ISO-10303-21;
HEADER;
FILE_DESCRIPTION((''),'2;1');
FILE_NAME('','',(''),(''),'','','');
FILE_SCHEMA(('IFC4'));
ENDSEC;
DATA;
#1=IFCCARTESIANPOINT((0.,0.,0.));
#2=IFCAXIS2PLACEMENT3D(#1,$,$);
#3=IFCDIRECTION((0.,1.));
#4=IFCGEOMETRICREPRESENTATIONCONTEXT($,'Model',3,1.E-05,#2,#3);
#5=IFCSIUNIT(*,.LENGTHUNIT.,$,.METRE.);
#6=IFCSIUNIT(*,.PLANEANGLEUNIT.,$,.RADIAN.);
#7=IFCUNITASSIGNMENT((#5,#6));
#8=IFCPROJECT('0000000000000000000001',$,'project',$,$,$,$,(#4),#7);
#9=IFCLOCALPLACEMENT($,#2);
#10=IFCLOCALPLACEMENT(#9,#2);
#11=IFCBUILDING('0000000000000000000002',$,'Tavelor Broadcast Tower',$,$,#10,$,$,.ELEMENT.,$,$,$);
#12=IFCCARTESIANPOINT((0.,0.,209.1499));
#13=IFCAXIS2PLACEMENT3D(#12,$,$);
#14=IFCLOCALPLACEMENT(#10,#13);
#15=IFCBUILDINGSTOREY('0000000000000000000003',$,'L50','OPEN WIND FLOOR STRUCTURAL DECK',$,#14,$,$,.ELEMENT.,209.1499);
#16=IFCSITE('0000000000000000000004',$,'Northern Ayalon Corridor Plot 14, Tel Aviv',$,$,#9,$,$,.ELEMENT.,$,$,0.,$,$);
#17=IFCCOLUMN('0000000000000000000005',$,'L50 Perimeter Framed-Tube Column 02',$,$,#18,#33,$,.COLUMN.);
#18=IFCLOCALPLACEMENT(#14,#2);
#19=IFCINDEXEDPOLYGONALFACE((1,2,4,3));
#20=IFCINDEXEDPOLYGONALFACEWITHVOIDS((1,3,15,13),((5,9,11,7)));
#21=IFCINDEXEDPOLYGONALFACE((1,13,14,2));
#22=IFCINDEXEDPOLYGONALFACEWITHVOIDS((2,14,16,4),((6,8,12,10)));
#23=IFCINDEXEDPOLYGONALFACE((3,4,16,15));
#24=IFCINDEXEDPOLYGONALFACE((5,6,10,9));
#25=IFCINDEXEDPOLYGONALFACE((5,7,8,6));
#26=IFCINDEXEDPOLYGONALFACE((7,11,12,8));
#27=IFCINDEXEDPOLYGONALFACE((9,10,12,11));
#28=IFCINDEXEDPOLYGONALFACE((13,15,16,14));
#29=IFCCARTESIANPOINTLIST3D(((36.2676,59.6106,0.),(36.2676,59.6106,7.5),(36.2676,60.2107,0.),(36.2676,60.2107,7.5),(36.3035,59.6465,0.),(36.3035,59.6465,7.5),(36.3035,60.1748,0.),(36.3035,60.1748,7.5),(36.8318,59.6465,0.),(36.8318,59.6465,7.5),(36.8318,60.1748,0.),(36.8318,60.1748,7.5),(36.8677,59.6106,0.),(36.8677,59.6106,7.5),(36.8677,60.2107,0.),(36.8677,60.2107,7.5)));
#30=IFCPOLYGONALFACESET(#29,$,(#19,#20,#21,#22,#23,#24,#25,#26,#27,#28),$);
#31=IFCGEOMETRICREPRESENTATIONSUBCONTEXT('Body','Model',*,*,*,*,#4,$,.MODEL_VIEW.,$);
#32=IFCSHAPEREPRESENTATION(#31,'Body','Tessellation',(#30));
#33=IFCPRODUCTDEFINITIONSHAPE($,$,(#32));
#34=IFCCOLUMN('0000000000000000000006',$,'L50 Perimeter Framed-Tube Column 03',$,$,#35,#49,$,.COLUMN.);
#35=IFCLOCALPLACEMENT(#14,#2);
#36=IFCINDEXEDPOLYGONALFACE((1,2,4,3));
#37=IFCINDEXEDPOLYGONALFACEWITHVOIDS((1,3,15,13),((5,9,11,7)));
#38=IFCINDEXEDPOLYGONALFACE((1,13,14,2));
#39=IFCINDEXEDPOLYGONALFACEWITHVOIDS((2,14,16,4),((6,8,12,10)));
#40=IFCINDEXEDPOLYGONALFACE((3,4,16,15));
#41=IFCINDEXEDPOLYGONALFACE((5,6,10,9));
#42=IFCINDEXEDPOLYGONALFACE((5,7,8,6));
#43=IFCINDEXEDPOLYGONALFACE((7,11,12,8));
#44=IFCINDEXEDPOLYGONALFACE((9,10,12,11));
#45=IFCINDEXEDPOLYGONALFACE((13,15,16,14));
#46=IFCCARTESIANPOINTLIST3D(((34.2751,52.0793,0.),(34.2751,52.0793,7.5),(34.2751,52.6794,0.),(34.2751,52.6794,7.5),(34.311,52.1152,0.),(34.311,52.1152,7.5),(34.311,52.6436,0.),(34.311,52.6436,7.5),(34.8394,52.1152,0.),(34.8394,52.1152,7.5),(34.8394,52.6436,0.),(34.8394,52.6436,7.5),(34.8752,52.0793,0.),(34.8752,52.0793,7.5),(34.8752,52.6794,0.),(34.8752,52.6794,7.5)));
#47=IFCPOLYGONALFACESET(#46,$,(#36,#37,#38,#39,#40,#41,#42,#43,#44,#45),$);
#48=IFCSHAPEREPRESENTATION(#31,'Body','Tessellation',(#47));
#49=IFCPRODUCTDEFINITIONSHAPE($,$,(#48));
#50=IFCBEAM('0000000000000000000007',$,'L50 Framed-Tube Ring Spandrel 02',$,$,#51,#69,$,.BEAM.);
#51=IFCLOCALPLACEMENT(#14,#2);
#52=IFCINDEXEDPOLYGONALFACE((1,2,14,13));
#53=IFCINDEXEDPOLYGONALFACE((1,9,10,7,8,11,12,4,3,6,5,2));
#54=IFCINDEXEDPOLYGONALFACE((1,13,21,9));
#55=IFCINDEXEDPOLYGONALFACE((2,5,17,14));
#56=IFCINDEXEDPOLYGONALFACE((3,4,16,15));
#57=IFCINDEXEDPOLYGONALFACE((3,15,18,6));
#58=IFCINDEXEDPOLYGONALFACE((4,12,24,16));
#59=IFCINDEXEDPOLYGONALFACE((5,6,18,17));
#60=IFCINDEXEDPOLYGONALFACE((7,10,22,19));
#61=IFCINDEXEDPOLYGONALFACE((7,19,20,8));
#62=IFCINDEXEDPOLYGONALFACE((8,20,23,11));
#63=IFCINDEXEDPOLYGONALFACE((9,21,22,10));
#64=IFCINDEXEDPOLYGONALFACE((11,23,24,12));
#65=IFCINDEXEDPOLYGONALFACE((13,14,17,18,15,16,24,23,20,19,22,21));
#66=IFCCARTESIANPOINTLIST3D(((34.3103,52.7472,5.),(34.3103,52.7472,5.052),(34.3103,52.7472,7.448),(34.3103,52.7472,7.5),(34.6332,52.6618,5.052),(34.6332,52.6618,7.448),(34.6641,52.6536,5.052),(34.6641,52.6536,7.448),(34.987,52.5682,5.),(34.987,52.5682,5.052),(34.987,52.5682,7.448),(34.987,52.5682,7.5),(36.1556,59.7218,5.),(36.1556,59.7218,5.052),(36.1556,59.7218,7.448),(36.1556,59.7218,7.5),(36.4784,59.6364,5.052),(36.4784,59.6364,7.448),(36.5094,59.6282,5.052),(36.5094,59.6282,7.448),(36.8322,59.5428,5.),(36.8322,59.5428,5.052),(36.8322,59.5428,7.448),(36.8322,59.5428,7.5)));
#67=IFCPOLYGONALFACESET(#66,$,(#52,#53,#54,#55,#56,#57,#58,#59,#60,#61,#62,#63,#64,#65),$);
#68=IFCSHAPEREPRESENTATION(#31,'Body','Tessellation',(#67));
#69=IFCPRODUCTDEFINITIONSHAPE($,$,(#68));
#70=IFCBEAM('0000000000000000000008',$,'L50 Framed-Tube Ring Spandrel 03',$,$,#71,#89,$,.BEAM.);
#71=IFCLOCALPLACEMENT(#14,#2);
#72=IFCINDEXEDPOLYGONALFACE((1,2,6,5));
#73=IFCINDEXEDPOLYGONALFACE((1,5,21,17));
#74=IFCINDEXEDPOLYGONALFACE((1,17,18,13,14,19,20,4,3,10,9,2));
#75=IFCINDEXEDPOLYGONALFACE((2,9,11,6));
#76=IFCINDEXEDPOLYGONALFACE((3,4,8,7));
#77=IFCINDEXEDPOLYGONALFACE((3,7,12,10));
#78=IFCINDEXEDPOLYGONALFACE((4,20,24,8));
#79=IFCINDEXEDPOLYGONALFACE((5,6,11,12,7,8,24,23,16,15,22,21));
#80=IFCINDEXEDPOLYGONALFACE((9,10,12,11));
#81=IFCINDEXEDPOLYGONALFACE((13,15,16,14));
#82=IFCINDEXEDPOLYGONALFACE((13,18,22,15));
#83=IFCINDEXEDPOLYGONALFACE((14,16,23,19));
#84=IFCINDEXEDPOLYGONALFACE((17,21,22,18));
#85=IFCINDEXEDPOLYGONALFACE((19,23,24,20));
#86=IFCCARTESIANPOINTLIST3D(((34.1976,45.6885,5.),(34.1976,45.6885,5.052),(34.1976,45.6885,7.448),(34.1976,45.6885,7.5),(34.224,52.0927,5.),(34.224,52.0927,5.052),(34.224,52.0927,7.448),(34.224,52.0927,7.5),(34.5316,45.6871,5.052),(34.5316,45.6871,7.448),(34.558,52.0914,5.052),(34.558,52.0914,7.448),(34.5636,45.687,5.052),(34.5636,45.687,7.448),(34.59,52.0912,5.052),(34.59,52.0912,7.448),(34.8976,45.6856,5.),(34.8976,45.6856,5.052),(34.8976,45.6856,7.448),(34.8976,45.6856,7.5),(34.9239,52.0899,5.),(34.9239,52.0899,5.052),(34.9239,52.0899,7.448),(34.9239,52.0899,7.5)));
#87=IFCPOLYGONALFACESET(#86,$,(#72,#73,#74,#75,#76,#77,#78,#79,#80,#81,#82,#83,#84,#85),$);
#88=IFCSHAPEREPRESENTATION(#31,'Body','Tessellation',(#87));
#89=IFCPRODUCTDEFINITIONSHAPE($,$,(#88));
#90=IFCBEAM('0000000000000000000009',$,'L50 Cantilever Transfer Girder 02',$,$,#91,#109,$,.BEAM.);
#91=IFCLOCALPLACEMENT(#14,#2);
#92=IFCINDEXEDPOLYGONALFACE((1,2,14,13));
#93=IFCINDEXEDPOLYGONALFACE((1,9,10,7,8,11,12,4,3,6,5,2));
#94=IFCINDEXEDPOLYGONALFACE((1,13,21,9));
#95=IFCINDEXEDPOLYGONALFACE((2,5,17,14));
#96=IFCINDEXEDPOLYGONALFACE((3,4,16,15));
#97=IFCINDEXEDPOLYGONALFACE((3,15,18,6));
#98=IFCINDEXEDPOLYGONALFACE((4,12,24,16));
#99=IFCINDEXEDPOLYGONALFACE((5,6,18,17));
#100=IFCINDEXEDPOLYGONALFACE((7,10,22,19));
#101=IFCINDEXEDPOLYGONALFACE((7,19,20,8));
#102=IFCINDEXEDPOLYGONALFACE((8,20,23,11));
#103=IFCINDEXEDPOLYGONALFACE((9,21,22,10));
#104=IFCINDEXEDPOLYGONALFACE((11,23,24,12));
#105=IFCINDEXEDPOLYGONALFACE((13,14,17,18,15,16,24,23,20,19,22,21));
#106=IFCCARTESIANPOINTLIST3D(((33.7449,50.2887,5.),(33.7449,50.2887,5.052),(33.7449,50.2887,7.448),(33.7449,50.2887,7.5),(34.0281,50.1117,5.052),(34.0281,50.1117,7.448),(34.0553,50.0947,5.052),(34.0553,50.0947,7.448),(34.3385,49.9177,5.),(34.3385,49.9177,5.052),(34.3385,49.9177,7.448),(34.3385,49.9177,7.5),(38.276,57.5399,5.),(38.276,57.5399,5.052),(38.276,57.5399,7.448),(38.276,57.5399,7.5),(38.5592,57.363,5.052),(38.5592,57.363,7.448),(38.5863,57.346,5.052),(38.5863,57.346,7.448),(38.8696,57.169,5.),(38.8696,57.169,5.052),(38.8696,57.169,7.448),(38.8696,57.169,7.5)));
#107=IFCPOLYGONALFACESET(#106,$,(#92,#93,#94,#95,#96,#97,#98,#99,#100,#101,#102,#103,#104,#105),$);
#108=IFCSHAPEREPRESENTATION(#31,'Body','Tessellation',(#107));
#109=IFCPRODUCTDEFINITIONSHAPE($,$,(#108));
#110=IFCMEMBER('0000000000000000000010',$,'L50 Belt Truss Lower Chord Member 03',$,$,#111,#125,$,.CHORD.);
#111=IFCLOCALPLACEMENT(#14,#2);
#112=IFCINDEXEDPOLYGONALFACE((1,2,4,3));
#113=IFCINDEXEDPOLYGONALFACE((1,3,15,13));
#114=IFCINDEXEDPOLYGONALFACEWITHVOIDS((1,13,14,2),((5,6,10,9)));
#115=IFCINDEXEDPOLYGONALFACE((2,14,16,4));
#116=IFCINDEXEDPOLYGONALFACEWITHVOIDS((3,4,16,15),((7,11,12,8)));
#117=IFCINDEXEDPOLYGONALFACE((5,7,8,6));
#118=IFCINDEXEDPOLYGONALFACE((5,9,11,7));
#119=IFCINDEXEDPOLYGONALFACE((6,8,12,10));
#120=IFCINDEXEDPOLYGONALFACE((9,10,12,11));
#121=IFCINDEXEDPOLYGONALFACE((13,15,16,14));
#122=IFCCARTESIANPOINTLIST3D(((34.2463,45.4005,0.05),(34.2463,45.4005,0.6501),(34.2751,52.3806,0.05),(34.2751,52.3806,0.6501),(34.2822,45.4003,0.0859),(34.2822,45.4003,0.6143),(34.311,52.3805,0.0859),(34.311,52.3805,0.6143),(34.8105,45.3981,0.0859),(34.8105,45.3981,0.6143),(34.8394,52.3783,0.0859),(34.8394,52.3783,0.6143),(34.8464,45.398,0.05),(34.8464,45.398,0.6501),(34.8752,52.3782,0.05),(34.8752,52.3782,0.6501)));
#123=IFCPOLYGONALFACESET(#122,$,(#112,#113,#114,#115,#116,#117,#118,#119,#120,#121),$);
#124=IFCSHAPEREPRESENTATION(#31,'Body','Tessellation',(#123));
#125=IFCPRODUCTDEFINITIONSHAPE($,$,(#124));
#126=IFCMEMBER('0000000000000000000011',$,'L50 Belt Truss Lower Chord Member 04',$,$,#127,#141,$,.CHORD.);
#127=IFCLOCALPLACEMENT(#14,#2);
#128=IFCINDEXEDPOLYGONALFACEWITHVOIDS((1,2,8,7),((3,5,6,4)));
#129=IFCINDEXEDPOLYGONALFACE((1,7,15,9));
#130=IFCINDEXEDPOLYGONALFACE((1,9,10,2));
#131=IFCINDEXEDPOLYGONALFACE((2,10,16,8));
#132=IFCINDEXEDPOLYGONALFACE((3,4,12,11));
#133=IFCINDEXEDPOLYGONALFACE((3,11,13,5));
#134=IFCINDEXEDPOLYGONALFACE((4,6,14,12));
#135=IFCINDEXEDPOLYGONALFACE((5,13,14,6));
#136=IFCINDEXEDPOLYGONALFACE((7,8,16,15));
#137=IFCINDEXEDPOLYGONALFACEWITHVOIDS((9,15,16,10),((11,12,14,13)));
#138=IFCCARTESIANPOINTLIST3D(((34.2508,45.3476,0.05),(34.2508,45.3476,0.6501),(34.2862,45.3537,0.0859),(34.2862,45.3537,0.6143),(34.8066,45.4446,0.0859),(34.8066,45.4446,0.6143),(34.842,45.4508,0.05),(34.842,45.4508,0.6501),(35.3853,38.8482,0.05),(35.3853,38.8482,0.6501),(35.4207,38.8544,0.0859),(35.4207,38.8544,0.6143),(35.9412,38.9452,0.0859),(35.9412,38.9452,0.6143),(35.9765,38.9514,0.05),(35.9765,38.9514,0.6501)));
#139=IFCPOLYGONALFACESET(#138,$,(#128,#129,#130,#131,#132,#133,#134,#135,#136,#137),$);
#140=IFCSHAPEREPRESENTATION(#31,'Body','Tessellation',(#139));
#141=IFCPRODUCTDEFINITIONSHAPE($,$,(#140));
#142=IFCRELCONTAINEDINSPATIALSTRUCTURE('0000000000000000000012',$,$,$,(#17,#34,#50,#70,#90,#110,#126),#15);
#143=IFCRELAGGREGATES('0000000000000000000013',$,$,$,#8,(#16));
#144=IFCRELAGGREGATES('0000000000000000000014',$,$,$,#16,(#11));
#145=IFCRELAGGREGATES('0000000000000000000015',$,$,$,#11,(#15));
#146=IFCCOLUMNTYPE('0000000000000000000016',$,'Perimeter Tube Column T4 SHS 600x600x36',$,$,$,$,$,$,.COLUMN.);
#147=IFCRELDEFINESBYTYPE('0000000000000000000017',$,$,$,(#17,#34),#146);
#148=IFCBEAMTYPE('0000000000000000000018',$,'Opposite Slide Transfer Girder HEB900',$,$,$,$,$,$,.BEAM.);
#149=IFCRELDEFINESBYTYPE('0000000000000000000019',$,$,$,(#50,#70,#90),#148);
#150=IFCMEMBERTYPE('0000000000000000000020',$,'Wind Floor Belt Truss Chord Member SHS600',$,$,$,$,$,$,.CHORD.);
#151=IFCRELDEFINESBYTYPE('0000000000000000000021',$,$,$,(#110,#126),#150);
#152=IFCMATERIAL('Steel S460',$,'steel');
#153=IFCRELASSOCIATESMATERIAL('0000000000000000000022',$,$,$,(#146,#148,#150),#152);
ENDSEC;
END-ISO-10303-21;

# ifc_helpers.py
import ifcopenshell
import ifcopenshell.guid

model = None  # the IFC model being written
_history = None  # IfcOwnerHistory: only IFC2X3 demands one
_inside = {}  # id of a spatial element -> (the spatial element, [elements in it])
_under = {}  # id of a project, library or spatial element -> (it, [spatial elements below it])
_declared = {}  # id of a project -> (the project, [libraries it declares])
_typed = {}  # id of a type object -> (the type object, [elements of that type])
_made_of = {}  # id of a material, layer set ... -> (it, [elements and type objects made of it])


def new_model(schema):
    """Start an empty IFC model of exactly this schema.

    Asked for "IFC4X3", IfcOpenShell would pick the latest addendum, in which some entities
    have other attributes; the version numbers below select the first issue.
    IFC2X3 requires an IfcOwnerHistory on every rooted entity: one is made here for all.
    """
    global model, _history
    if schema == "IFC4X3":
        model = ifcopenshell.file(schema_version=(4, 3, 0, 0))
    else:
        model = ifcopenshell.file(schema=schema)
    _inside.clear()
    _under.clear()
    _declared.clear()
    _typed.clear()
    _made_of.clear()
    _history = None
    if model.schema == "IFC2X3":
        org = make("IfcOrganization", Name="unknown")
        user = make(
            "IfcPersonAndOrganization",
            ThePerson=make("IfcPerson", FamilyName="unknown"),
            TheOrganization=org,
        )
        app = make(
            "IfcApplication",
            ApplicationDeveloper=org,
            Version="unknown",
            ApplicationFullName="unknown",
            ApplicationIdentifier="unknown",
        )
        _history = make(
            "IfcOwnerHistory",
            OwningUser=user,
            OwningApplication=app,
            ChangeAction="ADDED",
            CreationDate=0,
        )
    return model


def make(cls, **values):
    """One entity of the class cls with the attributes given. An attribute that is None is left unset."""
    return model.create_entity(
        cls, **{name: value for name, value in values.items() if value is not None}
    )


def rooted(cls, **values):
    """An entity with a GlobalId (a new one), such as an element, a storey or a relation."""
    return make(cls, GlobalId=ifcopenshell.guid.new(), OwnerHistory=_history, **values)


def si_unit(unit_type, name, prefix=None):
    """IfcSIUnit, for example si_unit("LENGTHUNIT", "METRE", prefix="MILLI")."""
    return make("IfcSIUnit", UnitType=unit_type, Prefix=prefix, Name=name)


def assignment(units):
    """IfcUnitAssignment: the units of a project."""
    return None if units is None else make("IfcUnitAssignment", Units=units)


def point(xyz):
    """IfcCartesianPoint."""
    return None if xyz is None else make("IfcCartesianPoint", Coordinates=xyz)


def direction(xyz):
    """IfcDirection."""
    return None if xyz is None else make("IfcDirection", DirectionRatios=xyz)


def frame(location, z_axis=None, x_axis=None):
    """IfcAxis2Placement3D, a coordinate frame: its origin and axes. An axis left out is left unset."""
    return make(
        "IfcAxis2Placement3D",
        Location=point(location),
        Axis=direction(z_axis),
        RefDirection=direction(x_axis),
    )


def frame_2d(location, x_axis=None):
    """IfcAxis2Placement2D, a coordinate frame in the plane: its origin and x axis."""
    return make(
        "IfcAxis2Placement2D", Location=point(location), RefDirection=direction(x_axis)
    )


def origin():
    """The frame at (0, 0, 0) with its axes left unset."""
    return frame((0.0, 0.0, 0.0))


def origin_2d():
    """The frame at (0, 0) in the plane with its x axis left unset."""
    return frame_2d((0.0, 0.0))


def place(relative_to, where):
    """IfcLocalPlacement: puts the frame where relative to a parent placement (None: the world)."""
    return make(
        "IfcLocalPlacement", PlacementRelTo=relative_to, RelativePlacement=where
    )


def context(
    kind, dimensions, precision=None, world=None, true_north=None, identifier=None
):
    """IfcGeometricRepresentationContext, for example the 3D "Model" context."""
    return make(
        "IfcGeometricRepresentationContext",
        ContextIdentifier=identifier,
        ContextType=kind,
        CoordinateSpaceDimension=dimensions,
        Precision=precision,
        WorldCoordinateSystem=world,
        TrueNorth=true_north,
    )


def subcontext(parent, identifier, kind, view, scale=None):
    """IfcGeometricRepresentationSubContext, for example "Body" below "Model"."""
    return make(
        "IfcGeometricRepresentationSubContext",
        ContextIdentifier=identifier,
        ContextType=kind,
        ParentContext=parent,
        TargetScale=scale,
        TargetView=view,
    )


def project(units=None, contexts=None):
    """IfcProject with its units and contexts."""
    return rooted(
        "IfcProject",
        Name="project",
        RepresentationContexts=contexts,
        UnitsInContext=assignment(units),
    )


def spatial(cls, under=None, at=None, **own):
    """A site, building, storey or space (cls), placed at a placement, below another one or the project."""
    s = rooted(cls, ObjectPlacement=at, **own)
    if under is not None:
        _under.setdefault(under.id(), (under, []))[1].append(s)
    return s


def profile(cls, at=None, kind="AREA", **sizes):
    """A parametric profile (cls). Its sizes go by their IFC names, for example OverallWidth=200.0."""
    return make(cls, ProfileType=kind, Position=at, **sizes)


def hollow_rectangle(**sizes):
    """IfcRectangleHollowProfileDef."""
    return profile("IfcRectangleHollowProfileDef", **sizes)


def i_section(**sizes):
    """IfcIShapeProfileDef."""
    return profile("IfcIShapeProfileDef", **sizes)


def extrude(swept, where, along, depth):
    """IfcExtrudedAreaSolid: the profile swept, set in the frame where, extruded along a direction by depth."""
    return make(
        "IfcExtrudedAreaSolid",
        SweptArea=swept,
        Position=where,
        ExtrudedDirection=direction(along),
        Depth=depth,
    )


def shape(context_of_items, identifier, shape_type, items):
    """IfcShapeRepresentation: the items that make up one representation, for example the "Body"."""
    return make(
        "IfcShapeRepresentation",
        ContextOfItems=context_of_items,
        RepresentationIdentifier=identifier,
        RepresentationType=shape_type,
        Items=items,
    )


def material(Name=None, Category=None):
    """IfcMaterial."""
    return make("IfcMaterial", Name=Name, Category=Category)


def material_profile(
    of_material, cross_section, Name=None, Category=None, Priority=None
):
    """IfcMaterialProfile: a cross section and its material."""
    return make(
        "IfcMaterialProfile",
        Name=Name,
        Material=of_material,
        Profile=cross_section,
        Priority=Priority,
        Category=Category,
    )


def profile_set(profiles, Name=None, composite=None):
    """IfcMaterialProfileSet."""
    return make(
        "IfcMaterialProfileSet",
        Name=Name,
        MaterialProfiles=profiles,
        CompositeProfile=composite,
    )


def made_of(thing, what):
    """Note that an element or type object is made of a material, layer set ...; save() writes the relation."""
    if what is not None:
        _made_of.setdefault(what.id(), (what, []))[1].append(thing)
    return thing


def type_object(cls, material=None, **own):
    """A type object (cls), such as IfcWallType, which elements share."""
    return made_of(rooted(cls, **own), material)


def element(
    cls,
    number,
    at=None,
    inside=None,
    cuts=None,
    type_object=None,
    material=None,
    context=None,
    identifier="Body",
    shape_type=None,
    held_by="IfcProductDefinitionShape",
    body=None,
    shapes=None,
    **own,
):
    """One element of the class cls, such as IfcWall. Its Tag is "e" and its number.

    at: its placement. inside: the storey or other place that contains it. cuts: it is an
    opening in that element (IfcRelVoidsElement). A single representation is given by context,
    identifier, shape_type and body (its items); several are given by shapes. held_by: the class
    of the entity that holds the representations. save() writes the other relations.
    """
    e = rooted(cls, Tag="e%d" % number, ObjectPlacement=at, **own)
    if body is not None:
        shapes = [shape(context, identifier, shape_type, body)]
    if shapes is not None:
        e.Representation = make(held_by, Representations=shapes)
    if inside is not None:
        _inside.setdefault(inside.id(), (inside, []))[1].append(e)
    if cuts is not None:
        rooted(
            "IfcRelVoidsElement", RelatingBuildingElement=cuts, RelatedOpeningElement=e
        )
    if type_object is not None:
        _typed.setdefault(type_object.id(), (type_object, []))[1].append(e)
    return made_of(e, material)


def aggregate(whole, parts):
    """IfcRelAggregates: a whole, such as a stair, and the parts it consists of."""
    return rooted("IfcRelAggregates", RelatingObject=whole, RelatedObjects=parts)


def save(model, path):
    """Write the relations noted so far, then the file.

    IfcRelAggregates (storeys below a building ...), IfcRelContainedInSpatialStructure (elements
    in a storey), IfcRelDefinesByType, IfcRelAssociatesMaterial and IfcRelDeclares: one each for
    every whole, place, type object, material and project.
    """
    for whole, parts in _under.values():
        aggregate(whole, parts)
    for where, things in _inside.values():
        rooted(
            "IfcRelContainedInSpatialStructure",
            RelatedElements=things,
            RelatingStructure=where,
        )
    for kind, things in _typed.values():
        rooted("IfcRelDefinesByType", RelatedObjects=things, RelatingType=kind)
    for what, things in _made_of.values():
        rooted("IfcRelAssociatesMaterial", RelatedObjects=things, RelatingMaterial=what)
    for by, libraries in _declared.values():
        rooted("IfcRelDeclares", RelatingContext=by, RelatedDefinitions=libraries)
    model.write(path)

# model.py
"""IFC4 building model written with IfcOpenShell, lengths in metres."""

from ifc_helpers import new_model, si_unit, direction, frame, origin, origin_2d, place, context, subcontext, project, spatial, hollow_rectangle, i_section, extrude, material, material_profile, profile_set, type_object, element, save


model = new_model("IFC4")

# Units and contexts
model_context = context("Model", 3, precision=1e-05, world=origin(), true_north=direction((0.0, 1.0)))
body_context = subcontext(model_context, "Body", "Model", "MODEL_VIEW")
ifc_project = project(units=[si_unit("LENGTHUNIT", "METRE"), si_unit("PLANEANGLEUNIT", "RADIAN")], contexts=[model_context])

# Site, building, storey
site_placement = place(None, origin())
site = spatial("IfcSite", under=ifc_project, at=site_placement, Name="Northern Ayalon Corridor Plot 14, Tel Aviv", CompositionType="ELEMENT", RefElevation=0.0)
building_placement = place(site_placement, origin())
building = spatial("IfcBuilding", under=site, at=building_placement, Name="Tavelor Broadcast Tower", CompositionType="ELEMENT")
storey_placement = place(building_placement, frame((0.0, 0.0, 209.1499)))
storey = spatial("IfcBuildingStorey", under=building, at=storey_placement, Name="L50", Description="OPEN WIND FLOOR STRUCTURAL DECK", CompositionType="ELEMENT", Elevation=209.1499)

# Columns
ifc_material_1 = material(Name="Steel S460", Category="steel")
ifc_material_profile_1 = material_profile(ifc_material_1, hollow_rectangle(XDim=0.6001, YDim=0.6001, WallThickness=0.0359, at=origin_2d()), Name="SHS 600x600x36")
ifc_profile_set_1 = profile_set([ifc_material_profile_1], Name="Steel S460")
column_type = type_object("IfcColumnType", Name="Perimeter Tube Column T4 SHS 600x600x36", PredefinedType="COLUMN", material=ifc_profile_set_1)
for number, where, z_axis, x_axis, name in (
    (1, (36.5676, 59.9106, 0.0), (0.0, 0.0, 1.0), (1.0, 0.0, 0.0), "L50 Perimeter Framed-Tube Column 02"),
    (2, (34.5752, 52.3794, 0.0), (0.0, 0.0, 1.0), (1.0, 0.0, 0.0), "L50 Perimeter Framed-Tube Column 03"),
):
    element("IfcColumn", number, at=place(storey_placement, frame(where, z_axis=z_axis, x_axis=x_axis)), inside=storey, type_object=column_type, Name=name, PredefinedType="COLUMN", context=body_context, shape_type="SweptSolid", body=[
        extrude(hollow_rectangle(XDim=0.6001, YDim=0.6001, WallThickness=0.0359, at=origin_2d()), origin(), (0.0, 0.0, 1.0), 7.5),
    ])

# Beams
ifc_material_profile_2 = material_profile(ifc_material_1, i_section(OverallWidth=0.7, OverallDepth=2.5, WebThickness=0.032, FlangeThickness=0.052, at=origin_2d()), Name="PG 2500x700")
ifc_profile_set_2 = profile_set([ifc_material_profile_2], Name="Steel S460")
beam_type = type_object("IfcBeamType", Name="Opposite Slide Transfer Girder HEB900", PredefinedType="BEAM", material=ifc_profile_set_2)
beam_1_placement = place(storey_placement, frame((36.4939, 59.6323, 6.25), z_axis=(-0.255762, -0.96674, 0.0), x_axis=(0.96674, -0.255762, 0.0)))
element("IfcBeam", 3, at=beam_1_placement, inside=storey, type_object=beam_type, Name="L50 Framed-Tube Ring Spandrel 02", PredefinedType="BEAM", context=body_context, shape_type="SweptSolid", body=[
    extrude(i_section(OverallWidth=0.7, OverallDepth=2.5, WebThickness=0.032, FlangeThickness=0.052, at=origin_2d()), origin(), (0.0, 0.0, 1.0), 7.2146),
])
beam_2_placement = place(storey_placement, frame((34.574, 52.0913, 6.25), z_axis=(-0.004117, -0.999992, 0.0), x_axis=(0.999992, -0.004117, 0.0)))
element("IfcBeam", 4, at=beam_2_placement, inside=storey, type_object=beam_type, Name="L50 Framed-Tube Ring Spandrel 03", PredefinedType="BEAM", context=body_context, shape_type="SweptSolid", body=[
    extrude(i_section(OverallWidth=0.7, OverallDepth=2.5, WebThickness=0.032, FlangeThickness=0.052, at=origin_2d()), origin(), (0.0, 0.0, 1.0), 6.4043),
])
beam_3_placement = place(storey_placement, frame((38.5728, 57.3545, 6.25), z_axis=(-0.529914, -0.848051, 0.0), x_axis=(0.848051, -0.529914, 0.0)))
element("IfcBeam", 5, at=beam_3_placement, inside=storey, type_object=beam_type, Name="L50 Cantilever Transfer Girder 02", PredefinedType="BEAM", context=body_context, shape_type="SweptSolid", body=[
    extrude(i_section(OverallWidth=0.7, OverallDepth=2.5, WebThickness=0.032, FlangeThickness=0.052, at=origin_2d()), origin(), (0.0, 0.0, 1.0), 8.5505),
])

# Members
ifc_material_profile_3 = material_profile(ifc_material_1, hollow_rectangle(XDim=0.6001, YDim=0.6001, WallThickness=0.0359, at=origin_2d()), Name="SHS 600x600x36")
ifc_profile_set_3 = profile_set([ifc_material_profile_3], Name="Steel S460")
member_type_1 = type_object("IfcMemberType", Name="Wind Floor Belt Truss Chord Member SHS600", PredefinedType="CHORD", material=ifc_profile_set_3)
member_1_placement = place(storey_placement, frame((34.5752, 52.3794, 0.3501), z_axis=(-0.004127, -0.999991, 0.0), x_axis=(0.999991, -0.004127, 0.0)))
element("IfcMember", 6, at=member_1_placement, inside=storey, type_object=member_type_1, Name="L50 Belt Truss Lower Chord Member 03", PredefinedType="CHORD", context=body_context, shape_type="SweptSolid", body=[
    extrude(hollow_rectangle(XDim=0.6001, YDim=0.6001, WallThickness=0.0359, at=origin_2d()), origin(), (0.0, 0.0, 1.0), 6.9802),
])
member_2_placement = place(storey_placement, frame((34.5464, 45.3992, 0.3501), z_axis=(0.171961, -0.985104, 0.0), x_axis=(0.985104, 0.171961, 0.0)))
element("IfcMember", 7, at=member_2_placement, inside=storey, type_object=member_type_1, Name="L50 Belt Truss Lower Chord Member 04", PredefinedType="CHORD", context=body_context, shape_type="SweptSolid", body=[
    extrude(hollow_rectangle(XDim=0.6001, YDim=0.6001, WallThickness=0.0359, at=origin_2d()), origin(), (0.0, 0.0, 1.0), 6.5977),
])

save(model, "model.ifc")
